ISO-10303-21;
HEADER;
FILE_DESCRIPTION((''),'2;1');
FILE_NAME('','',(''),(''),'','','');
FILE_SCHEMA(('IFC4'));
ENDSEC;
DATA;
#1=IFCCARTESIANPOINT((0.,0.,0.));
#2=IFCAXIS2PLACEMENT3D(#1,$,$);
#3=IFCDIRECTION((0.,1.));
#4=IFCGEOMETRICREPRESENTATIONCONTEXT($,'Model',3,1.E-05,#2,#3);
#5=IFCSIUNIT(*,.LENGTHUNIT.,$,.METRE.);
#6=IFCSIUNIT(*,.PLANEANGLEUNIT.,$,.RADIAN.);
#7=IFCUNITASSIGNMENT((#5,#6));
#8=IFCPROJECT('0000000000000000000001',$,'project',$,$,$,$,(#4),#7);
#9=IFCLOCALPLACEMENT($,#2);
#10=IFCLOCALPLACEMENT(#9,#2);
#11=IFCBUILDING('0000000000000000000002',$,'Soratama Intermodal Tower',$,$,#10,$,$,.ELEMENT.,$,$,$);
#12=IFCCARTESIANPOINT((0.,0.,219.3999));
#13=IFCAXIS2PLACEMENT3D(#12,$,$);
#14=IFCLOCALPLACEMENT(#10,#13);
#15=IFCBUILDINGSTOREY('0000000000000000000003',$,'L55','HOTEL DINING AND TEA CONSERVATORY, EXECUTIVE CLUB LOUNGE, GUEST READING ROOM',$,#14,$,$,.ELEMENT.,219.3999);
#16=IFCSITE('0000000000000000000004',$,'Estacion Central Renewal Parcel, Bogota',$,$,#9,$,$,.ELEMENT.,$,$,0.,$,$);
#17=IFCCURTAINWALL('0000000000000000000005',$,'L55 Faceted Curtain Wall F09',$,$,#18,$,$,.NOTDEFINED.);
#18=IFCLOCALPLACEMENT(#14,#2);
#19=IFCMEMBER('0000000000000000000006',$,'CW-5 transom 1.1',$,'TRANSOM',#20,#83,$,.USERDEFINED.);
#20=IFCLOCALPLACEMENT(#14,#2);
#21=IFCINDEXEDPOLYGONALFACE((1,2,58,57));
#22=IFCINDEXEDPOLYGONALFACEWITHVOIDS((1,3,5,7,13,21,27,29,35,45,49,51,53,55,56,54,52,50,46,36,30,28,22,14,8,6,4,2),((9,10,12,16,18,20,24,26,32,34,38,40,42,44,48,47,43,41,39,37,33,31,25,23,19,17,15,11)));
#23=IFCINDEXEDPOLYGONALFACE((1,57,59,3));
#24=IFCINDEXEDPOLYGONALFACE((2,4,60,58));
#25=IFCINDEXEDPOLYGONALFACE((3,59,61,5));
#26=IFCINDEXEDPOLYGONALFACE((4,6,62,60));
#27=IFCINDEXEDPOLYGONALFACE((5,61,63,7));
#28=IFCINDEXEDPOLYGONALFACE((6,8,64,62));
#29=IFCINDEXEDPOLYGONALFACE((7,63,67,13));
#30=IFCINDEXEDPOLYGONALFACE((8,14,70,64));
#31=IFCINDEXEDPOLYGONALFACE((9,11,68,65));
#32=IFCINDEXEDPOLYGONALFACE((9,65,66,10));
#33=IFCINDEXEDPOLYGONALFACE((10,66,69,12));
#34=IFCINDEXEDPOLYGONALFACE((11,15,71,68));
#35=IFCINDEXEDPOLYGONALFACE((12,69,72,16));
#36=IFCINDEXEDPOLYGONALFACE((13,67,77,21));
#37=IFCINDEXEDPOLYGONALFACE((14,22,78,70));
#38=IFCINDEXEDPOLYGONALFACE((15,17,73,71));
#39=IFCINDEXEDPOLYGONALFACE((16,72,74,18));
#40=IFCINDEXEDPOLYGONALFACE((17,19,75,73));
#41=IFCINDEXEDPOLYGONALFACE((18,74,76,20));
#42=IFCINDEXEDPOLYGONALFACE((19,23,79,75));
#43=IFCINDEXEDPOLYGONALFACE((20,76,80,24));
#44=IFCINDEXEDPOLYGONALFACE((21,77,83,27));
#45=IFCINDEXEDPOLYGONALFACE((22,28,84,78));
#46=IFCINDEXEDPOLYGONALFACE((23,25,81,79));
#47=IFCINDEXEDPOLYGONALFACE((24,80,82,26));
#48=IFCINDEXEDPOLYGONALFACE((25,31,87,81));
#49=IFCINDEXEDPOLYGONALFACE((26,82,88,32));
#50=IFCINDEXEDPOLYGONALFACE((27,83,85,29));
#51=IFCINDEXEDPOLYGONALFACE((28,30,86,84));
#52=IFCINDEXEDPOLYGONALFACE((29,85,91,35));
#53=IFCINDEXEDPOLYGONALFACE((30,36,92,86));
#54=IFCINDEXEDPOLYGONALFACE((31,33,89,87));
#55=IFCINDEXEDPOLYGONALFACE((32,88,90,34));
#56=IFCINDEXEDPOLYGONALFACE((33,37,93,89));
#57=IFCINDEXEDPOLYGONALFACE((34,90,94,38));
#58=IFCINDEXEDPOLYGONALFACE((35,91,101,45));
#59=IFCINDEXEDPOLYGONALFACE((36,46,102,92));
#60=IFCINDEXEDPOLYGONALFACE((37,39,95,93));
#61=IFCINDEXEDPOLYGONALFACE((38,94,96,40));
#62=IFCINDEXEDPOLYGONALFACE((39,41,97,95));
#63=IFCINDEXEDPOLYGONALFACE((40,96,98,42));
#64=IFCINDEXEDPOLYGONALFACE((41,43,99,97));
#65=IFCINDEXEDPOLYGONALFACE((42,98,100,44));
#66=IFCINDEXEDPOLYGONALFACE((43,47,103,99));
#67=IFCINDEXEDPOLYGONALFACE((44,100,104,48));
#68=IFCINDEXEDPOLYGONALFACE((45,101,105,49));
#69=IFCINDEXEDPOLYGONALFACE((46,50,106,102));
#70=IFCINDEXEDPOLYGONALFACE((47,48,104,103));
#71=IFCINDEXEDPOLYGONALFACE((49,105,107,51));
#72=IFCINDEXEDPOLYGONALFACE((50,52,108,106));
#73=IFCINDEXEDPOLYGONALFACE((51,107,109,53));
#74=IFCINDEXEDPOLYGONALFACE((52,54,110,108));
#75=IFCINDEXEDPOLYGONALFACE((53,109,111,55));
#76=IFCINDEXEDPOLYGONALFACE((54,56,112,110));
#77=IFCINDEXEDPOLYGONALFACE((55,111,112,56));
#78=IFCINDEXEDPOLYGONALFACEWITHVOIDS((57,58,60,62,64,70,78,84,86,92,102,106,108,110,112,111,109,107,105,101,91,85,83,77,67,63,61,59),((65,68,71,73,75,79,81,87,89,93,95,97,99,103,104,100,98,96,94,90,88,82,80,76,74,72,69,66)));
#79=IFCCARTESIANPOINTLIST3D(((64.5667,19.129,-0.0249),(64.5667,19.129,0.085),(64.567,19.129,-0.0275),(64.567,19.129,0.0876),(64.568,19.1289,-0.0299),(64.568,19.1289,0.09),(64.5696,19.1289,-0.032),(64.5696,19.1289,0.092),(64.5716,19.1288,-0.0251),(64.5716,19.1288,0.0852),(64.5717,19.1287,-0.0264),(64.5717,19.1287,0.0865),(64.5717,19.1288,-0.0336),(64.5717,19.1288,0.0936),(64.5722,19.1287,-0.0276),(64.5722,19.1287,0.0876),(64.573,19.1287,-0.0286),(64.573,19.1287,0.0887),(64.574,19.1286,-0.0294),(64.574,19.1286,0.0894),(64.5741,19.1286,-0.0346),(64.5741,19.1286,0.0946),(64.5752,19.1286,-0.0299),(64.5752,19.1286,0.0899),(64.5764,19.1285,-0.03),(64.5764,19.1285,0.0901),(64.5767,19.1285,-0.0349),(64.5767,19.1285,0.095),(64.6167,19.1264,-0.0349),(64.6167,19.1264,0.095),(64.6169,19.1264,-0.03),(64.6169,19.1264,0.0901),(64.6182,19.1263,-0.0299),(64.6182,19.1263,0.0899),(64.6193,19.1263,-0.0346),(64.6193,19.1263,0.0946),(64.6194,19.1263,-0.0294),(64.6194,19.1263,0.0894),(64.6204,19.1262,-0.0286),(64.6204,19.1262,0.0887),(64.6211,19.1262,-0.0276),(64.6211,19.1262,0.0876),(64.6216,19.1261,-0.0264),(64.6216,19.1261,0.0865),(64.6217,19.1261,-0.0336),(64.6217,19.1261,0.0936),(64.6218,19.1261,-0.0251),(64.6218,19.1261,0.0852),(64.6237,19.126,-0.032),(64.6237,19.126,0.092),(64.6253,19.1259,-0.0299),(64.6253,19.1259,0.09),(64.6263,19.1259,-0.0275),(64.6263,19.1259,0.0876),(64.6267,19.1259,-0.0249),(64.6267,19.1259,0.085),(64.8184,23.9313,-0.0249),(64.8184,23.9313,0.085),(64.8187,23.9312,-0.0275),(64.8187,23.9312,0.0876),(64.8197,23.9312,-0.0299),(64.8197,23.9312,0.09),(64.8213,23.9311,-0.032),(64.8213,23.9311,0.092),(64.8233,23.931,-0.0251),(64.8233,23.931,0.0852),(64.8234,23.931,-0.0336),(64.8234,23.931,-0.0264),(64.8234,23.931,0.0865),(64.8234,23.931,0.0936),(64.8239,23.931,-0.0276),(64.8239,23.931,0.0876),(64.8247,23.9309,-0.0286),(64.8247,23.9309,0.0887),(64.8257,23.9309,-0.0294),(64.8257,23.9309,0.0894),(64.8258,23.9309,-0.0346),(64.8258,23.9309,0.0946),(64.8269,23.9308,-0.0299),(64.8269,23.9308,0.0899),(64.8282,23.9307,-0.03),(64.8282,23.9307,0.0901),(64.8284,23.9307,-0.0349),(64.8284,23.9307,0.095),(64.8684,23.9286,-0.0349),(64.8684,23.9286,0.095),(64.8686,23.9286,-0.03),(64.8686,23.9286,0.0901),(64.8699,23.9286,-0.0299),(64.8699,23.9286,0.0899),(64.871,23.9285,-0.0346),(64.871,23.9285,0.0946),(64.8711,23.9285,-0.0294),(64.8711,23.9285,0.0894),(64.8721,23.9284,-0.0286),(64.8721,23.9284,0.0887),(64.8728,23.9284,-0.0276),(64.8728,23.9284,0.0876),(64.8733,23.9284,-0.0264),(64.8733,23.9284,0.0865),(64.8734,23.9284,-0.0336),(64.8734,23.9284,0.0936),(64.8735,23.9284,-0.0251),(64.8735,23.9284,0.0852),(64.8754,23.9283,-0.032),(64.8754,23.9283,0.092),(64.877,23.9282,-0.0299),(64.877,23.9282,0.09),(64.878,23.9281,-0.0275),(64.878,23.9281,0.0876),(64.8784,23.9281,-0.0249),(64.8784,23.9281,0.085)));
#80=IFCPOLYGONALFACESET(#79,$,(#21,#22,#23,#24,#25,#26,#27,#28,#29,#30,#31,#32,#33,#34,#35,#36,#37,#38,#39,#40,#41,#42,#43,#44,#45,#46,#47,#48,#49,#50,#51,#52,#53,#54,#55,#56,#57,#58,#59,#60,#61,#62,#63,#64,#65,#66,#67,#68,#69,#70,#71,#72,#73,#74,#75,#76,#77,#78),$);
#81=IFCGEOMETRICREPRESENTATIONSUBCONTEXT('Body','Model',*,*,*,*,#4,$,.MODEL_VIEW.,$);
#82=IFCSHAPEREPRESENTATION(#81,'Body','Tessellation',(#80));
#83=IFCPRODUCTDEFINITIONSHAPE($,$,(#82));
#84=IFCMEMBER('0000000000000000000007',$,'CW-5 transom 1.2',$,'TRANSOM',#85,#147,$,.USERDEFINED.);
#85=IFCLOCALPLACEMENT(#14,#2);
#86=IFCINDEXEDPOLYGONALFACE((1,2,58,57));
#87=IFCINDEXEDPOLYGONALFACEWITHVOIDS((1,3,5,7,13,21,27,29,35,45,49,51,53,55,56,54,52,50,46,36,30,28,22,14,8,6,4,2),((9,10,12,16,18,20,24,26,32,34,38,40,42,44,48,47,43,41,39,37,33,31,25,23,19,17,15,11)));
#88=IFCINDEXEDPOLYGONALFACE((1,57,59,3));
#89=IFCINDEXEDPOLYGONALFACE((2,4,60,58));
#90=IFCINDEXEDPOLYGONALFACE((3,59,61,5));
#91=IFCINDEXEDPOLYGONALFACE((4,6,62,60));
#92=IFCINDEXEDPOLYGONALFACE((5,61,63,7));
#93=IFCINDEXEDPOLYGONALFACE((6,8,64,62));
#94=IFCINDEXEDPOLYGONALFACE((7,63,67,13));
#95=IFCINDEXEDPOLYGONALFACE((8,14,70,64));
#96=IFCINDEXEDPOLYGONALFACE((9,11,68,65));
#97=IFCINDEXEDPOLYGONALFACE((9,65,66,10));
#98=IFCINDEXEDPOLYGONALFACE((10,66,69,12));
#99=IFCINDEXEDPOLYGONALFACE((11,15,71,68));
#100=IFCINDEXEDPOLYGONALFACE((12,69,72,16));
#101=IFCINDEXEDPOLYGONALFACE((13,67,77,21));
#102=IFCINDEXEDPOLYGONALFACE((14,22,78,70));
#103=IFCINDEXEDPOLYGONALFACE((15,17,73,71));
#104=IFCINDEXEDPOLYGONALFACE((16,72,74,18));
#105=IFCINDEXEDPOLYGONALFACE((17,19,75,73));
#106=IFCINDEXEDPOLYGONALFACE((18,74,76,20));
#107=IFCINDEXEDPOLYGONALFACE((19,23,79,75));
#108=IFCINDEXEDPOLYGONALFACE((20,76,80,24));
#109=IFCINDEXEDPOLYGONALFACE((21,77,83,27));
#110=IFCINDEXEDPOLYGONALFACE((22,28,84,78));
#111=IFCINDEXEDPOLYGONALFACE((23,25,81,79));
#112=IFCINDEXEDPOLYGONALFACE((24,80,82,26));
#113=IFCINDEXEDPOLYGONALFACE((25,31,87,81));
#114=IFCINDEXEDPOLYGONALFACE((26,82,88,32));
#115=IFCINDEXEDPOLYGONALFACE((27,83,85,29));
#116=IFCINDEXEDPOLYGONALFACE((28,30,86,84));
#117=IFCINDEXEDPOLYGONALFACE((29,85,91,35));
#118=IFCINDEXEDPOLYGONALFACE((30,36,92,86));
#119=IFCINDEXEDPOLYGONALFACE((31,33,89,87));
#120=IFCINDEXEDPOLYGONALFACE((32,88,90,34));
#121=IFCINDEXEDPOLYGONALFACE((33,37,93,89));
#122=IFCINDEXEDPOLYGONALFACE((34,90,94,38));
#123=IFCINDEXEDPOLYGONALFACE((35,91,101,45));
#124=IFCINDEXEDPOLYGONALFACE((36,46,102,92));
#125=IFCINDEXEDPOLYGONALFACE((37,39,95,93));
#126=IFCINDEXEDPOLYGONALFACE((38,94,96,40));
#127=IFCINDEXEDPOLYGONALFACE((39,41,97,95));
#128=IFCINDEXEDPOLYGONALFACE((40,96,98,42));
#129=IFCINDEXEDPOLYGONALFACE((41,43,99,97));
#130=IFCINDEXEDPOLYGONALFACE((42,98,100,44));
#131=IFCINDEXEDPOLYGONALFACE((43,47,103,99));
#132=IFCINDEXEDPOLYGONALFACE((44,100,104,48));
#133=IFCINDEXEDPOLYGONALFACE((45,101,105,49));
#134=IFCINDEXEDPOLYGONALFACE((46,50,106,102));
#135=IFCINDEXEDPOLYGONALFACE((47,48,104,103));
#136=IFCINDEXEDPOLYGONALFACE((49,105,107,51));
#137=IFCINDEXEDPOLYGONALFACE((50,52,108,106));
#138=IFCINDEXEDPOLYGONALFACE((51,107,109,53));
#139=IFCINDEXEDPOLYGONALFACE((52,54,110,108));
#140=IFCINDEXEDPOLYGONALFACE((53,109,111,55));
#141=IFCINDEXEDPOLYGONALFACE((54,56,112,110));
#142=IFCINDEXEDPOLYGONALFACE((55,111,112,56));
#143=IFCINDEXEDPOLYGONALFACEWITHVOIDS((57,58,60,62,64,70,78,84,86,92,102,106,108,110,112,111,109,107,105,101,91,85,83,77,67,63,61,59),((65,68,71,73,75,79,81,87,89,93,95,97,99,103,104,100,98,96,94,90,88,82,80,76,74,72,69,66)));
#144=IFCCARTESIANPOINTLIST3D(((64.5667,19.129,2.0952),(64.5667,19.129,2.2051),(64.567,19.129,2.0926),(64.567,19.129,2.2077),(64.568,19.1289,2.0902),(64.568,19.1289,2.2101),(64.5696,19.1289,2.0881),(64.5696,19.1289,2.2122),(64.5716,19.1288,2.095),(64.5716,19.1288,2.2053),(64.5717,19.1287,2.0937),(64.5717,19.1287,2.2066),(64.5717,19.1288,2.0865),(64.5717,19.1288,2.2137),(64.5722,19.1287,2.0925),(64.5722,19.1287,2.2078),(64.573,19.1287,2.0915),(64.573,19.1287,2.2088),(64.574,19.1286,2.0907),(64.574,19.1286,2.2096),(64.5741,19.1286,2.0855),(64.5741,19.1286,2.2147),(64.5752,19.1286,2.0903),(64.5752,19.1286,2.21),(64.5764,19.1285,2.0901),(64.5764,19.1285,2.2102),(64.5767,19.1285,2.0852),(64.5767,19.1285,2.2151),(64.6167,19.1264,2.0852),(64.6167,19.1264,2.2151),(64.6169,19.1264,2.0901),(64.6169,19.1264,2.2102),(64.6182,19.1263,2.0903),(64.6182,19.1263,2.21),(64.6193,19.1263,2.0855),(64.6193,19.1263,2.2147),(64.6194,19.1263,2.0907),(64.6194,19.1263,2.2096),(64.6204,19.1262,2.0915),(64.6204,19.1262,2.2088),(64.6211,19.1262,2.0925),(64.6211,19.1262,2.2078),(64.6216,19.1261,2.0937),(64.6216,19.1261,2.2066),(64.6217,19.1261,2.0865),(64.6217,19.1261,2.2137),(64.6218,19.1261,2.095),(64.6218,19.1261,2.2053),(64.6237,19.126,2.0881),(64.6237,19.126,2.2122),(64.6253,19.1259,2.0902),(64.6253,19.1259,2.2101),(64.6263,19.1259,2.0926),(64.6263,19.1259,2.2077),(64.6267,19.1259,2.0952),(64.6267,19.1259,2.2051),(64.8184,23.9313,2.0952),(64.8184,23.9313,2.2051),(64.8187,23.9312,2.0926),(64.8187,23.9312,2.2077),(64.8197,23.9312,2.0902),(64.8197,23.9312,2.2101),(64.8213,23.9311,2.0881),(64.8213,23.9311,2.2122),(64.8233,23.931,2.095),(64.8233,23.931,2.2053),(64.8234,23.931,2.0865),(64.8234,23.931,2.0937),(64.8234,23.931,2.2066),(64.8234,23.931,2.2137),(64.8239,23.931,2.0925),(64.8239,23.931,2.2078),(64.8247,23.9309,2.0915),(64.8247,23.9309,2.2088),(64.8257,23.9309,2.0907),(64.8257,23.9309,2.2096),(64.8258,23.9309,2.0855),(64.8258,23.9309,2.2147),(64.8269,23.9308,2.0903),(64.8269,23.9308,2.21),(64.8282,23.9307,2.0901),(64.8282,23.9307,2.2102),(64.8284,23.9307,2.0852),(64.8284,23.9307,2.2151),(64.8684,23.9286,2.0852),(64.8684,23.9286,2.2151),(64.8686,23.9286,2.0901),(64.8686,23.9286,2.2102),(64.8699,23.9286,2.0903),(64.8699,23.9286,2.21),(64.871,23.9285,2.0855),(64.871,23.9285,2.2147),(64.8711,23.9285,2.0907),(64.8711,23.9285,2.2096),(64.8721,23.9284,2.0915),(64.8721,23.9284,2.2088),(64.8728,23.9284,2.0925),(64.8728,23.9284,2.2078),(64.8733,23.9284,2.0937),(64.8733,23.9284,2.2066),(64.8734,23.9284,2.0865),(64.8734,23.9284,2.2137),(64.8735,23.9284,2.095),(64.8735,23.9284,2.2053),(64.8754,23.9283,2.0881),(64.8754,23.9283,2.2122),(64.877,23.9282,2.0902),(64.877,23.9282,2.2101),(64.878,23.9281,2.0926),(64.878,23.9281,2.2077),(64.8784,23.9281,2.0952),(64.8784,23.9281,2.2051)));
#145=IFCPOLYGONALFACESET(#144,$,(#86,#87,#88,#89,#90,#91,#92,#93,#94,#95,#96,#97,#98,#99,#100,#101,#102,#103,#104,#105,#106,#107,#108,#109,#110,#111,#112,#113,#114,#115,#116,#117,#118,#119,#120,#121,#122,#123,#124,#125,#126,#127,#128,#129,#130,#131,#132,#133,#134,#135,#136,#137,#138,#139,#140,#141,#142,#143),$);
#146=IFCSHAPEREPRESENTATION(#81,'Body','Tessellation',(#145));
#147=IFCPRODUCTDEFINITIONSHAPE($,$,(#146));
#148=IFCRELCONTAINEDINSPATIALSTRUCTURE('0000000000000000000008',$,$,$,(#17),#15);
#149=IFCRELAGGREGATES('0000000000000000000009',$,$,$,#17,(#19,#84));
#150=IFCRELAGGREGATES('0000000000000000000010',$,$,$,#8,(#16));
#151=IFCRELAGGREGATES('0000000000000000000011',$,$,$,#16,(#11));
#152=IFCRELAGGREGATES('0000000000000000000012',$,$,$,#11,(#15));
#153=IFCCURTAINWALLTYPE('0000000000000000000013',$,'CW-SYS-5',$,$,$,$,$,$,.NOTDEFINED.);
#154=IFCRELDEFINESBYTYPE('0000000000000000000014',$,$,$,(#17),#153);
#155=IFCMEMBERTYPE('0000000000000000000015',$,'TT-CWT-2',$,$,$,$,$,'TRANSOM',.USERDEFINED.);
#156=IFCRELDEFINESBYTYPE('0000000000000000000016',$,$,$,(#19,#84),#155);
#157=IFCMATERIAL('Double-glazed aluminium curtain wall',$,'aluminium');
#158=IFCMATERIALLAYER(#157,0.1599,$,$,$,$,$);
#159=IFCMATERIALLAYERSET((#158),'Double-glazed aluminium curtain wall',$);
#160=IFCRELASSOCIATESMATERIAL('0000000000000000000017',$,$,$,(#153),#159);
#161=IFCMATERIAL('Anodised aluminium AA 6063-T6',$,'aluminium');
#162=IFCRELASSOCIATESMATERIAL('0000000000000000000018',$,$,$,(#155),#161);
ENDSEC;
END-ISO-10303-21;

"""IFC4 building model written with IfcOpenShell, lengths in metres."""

from ifc_helpers import new_model, si_unit, direction, frame, origin, origin_2d, place, context, subcontext, project, spatial, hollow_rectangle, extrude, material, layer, layer_set, material_profile, profile_set, type_object, element, aggregate, save


model = new_model("IFC4")

# Units and contexts
model_context = context("Model", 3, precision=1e-05, world=origin(), true_north=direction((0.0, 1.0)))
body_context = subcontext(model_context, "Body", "Model", "MODEL_VIEW")
ifc_project = project(units=[si_unit("LENGTHUNIT", "METRE"), si_unit("PLANEANGLEUNIT", "RADIAN")], contexts=[model_context])

# Site, building, storey
site_placement = place(None, origin())
site = spatial("IfcSite", under=ifc_project, at=site_placement, Name="Estacion Central Renewal Parcel, Bogota", CompositionType="ELEMENT", RefElevation=0.0)
building_placement = place(site_placement, origin())
building = spatial("IfcBuilding", under=site, at=building_placement, Name="Soratama Intermodal Tower", CompositionType="ELEMENT")
storey_placement = place(building_placement, frame((0.0, 0.0, 219.3999)))
storey = spatial("IfcBuildingStorey", under=building, at=storey_placement, Name="L55", Description="HOTEL DINING AND TEA CONSERVATORY, EXECUTIVE CLUB LOUNGE, GUEST READING ROOM", CompositionType="ELEMENT", Elevation=219.3999)

# Shared definitions
ifc_material_1 = material(Name="Double-glazed aluminium curtain wall", Category="aluminium")
ifc_layer_1 = layer(ifc_material_1, 0.1599)
ifc_layer_set_1 = layer_set([ifc_layer_1], Name="Double-glazed aluminium curtain wall")
curtain_wall_type = type_object("IfcCurtainWallType", Name="CW-SYS-5", PredefinedType="NOTDEFINED", material=ifc_layer_set_1)

# Curtain wall, members
curtain_wall_1_placement = place(storey_placement, origin())
curtain_wall_1 = element("IfcCurtainWall", 1, at=curtain_wall_1_placement, inside=storey, type_object=curtain_wall_type, Name="L55 Faceted Curtain Wall F09", PredefinedType="NOTDEFINED")
ifc_material_2 = material(Name="Anodised aluminium AA 6063-T6", Category="aluminium")
ifc_material_profile_1 = material_profile(ifc_material_2, hollow_rectangle(XDim=0.0601, YDim=0.1299, WallThickness=0.0049, InnerFilletRadius=0.0049, OuterFilletRadius=0.01, at=origin_2d()), Name="CWT130X60X5")
ifc_profile_set_1 = profile_set([ifc_material_profile_1], Name="Anodised aluminium AA 6063-T6")
member_type_1 = type_object("IfcMemberType", Name="TT-CWT-2", ElementType="TRANSOM", PredefinedType="USERDEFINED", material=ifc_profile_set_1)
member_1_placement = place(storey_placement, frame((64.5967, 19.1274, 0.03), z_axis=(0.052343, 0.998629, 0.0), x_axis=(-0.998629, 0.052343, 0.0)))
member_1 = element("IfcMember", 2, at=member_1_placement, type_object=member_type_1, Name="CW-5 transom 1.1", ObjectType="TRANSOM", PredefinedType="USERDEFINED", context=body_context, shape_type="SweptSolid", body=[
    extrude(hollow_rectangle(XDim=0.0601, YDim=0.1299, WallThickness=0.0049, InnerFilletRadius=0.0049, OuterFilletRadius=0.01, at=origin_2d()), origin(), (0.0, 0.0, 1.0), 4.8088),
])
member_2_placement = place(storey_placement, frame((64.5967, 19.1274, 2.1501), z_axis=(0.052343, 0.998629, 0.0), x_axis=(-0.998629, 0.052343, 0.0)))
member_2 = element("IfcMember", 3, at=member_2_placement, type_object=member_type_1, Name="CW-5 transom 1.2", ObjectType="TRANSOM", PredefinedType="USERDEFINED", context=body_context, shape_type="SweptSolid", body=[
    extrude(hollow_rectangle(XDim=0.0601, YDim=0.1299, WallThickness=0.0049, InnerFilletRadius=0.0049, OuterFilletRadius=0.01, at=origin_2d()), origin(), (0.0, 0.0, 1.0), 4.8088),
])

aggregate(curtain_wall_1, [member_1, member_2])

save(model, "model.ifc")
